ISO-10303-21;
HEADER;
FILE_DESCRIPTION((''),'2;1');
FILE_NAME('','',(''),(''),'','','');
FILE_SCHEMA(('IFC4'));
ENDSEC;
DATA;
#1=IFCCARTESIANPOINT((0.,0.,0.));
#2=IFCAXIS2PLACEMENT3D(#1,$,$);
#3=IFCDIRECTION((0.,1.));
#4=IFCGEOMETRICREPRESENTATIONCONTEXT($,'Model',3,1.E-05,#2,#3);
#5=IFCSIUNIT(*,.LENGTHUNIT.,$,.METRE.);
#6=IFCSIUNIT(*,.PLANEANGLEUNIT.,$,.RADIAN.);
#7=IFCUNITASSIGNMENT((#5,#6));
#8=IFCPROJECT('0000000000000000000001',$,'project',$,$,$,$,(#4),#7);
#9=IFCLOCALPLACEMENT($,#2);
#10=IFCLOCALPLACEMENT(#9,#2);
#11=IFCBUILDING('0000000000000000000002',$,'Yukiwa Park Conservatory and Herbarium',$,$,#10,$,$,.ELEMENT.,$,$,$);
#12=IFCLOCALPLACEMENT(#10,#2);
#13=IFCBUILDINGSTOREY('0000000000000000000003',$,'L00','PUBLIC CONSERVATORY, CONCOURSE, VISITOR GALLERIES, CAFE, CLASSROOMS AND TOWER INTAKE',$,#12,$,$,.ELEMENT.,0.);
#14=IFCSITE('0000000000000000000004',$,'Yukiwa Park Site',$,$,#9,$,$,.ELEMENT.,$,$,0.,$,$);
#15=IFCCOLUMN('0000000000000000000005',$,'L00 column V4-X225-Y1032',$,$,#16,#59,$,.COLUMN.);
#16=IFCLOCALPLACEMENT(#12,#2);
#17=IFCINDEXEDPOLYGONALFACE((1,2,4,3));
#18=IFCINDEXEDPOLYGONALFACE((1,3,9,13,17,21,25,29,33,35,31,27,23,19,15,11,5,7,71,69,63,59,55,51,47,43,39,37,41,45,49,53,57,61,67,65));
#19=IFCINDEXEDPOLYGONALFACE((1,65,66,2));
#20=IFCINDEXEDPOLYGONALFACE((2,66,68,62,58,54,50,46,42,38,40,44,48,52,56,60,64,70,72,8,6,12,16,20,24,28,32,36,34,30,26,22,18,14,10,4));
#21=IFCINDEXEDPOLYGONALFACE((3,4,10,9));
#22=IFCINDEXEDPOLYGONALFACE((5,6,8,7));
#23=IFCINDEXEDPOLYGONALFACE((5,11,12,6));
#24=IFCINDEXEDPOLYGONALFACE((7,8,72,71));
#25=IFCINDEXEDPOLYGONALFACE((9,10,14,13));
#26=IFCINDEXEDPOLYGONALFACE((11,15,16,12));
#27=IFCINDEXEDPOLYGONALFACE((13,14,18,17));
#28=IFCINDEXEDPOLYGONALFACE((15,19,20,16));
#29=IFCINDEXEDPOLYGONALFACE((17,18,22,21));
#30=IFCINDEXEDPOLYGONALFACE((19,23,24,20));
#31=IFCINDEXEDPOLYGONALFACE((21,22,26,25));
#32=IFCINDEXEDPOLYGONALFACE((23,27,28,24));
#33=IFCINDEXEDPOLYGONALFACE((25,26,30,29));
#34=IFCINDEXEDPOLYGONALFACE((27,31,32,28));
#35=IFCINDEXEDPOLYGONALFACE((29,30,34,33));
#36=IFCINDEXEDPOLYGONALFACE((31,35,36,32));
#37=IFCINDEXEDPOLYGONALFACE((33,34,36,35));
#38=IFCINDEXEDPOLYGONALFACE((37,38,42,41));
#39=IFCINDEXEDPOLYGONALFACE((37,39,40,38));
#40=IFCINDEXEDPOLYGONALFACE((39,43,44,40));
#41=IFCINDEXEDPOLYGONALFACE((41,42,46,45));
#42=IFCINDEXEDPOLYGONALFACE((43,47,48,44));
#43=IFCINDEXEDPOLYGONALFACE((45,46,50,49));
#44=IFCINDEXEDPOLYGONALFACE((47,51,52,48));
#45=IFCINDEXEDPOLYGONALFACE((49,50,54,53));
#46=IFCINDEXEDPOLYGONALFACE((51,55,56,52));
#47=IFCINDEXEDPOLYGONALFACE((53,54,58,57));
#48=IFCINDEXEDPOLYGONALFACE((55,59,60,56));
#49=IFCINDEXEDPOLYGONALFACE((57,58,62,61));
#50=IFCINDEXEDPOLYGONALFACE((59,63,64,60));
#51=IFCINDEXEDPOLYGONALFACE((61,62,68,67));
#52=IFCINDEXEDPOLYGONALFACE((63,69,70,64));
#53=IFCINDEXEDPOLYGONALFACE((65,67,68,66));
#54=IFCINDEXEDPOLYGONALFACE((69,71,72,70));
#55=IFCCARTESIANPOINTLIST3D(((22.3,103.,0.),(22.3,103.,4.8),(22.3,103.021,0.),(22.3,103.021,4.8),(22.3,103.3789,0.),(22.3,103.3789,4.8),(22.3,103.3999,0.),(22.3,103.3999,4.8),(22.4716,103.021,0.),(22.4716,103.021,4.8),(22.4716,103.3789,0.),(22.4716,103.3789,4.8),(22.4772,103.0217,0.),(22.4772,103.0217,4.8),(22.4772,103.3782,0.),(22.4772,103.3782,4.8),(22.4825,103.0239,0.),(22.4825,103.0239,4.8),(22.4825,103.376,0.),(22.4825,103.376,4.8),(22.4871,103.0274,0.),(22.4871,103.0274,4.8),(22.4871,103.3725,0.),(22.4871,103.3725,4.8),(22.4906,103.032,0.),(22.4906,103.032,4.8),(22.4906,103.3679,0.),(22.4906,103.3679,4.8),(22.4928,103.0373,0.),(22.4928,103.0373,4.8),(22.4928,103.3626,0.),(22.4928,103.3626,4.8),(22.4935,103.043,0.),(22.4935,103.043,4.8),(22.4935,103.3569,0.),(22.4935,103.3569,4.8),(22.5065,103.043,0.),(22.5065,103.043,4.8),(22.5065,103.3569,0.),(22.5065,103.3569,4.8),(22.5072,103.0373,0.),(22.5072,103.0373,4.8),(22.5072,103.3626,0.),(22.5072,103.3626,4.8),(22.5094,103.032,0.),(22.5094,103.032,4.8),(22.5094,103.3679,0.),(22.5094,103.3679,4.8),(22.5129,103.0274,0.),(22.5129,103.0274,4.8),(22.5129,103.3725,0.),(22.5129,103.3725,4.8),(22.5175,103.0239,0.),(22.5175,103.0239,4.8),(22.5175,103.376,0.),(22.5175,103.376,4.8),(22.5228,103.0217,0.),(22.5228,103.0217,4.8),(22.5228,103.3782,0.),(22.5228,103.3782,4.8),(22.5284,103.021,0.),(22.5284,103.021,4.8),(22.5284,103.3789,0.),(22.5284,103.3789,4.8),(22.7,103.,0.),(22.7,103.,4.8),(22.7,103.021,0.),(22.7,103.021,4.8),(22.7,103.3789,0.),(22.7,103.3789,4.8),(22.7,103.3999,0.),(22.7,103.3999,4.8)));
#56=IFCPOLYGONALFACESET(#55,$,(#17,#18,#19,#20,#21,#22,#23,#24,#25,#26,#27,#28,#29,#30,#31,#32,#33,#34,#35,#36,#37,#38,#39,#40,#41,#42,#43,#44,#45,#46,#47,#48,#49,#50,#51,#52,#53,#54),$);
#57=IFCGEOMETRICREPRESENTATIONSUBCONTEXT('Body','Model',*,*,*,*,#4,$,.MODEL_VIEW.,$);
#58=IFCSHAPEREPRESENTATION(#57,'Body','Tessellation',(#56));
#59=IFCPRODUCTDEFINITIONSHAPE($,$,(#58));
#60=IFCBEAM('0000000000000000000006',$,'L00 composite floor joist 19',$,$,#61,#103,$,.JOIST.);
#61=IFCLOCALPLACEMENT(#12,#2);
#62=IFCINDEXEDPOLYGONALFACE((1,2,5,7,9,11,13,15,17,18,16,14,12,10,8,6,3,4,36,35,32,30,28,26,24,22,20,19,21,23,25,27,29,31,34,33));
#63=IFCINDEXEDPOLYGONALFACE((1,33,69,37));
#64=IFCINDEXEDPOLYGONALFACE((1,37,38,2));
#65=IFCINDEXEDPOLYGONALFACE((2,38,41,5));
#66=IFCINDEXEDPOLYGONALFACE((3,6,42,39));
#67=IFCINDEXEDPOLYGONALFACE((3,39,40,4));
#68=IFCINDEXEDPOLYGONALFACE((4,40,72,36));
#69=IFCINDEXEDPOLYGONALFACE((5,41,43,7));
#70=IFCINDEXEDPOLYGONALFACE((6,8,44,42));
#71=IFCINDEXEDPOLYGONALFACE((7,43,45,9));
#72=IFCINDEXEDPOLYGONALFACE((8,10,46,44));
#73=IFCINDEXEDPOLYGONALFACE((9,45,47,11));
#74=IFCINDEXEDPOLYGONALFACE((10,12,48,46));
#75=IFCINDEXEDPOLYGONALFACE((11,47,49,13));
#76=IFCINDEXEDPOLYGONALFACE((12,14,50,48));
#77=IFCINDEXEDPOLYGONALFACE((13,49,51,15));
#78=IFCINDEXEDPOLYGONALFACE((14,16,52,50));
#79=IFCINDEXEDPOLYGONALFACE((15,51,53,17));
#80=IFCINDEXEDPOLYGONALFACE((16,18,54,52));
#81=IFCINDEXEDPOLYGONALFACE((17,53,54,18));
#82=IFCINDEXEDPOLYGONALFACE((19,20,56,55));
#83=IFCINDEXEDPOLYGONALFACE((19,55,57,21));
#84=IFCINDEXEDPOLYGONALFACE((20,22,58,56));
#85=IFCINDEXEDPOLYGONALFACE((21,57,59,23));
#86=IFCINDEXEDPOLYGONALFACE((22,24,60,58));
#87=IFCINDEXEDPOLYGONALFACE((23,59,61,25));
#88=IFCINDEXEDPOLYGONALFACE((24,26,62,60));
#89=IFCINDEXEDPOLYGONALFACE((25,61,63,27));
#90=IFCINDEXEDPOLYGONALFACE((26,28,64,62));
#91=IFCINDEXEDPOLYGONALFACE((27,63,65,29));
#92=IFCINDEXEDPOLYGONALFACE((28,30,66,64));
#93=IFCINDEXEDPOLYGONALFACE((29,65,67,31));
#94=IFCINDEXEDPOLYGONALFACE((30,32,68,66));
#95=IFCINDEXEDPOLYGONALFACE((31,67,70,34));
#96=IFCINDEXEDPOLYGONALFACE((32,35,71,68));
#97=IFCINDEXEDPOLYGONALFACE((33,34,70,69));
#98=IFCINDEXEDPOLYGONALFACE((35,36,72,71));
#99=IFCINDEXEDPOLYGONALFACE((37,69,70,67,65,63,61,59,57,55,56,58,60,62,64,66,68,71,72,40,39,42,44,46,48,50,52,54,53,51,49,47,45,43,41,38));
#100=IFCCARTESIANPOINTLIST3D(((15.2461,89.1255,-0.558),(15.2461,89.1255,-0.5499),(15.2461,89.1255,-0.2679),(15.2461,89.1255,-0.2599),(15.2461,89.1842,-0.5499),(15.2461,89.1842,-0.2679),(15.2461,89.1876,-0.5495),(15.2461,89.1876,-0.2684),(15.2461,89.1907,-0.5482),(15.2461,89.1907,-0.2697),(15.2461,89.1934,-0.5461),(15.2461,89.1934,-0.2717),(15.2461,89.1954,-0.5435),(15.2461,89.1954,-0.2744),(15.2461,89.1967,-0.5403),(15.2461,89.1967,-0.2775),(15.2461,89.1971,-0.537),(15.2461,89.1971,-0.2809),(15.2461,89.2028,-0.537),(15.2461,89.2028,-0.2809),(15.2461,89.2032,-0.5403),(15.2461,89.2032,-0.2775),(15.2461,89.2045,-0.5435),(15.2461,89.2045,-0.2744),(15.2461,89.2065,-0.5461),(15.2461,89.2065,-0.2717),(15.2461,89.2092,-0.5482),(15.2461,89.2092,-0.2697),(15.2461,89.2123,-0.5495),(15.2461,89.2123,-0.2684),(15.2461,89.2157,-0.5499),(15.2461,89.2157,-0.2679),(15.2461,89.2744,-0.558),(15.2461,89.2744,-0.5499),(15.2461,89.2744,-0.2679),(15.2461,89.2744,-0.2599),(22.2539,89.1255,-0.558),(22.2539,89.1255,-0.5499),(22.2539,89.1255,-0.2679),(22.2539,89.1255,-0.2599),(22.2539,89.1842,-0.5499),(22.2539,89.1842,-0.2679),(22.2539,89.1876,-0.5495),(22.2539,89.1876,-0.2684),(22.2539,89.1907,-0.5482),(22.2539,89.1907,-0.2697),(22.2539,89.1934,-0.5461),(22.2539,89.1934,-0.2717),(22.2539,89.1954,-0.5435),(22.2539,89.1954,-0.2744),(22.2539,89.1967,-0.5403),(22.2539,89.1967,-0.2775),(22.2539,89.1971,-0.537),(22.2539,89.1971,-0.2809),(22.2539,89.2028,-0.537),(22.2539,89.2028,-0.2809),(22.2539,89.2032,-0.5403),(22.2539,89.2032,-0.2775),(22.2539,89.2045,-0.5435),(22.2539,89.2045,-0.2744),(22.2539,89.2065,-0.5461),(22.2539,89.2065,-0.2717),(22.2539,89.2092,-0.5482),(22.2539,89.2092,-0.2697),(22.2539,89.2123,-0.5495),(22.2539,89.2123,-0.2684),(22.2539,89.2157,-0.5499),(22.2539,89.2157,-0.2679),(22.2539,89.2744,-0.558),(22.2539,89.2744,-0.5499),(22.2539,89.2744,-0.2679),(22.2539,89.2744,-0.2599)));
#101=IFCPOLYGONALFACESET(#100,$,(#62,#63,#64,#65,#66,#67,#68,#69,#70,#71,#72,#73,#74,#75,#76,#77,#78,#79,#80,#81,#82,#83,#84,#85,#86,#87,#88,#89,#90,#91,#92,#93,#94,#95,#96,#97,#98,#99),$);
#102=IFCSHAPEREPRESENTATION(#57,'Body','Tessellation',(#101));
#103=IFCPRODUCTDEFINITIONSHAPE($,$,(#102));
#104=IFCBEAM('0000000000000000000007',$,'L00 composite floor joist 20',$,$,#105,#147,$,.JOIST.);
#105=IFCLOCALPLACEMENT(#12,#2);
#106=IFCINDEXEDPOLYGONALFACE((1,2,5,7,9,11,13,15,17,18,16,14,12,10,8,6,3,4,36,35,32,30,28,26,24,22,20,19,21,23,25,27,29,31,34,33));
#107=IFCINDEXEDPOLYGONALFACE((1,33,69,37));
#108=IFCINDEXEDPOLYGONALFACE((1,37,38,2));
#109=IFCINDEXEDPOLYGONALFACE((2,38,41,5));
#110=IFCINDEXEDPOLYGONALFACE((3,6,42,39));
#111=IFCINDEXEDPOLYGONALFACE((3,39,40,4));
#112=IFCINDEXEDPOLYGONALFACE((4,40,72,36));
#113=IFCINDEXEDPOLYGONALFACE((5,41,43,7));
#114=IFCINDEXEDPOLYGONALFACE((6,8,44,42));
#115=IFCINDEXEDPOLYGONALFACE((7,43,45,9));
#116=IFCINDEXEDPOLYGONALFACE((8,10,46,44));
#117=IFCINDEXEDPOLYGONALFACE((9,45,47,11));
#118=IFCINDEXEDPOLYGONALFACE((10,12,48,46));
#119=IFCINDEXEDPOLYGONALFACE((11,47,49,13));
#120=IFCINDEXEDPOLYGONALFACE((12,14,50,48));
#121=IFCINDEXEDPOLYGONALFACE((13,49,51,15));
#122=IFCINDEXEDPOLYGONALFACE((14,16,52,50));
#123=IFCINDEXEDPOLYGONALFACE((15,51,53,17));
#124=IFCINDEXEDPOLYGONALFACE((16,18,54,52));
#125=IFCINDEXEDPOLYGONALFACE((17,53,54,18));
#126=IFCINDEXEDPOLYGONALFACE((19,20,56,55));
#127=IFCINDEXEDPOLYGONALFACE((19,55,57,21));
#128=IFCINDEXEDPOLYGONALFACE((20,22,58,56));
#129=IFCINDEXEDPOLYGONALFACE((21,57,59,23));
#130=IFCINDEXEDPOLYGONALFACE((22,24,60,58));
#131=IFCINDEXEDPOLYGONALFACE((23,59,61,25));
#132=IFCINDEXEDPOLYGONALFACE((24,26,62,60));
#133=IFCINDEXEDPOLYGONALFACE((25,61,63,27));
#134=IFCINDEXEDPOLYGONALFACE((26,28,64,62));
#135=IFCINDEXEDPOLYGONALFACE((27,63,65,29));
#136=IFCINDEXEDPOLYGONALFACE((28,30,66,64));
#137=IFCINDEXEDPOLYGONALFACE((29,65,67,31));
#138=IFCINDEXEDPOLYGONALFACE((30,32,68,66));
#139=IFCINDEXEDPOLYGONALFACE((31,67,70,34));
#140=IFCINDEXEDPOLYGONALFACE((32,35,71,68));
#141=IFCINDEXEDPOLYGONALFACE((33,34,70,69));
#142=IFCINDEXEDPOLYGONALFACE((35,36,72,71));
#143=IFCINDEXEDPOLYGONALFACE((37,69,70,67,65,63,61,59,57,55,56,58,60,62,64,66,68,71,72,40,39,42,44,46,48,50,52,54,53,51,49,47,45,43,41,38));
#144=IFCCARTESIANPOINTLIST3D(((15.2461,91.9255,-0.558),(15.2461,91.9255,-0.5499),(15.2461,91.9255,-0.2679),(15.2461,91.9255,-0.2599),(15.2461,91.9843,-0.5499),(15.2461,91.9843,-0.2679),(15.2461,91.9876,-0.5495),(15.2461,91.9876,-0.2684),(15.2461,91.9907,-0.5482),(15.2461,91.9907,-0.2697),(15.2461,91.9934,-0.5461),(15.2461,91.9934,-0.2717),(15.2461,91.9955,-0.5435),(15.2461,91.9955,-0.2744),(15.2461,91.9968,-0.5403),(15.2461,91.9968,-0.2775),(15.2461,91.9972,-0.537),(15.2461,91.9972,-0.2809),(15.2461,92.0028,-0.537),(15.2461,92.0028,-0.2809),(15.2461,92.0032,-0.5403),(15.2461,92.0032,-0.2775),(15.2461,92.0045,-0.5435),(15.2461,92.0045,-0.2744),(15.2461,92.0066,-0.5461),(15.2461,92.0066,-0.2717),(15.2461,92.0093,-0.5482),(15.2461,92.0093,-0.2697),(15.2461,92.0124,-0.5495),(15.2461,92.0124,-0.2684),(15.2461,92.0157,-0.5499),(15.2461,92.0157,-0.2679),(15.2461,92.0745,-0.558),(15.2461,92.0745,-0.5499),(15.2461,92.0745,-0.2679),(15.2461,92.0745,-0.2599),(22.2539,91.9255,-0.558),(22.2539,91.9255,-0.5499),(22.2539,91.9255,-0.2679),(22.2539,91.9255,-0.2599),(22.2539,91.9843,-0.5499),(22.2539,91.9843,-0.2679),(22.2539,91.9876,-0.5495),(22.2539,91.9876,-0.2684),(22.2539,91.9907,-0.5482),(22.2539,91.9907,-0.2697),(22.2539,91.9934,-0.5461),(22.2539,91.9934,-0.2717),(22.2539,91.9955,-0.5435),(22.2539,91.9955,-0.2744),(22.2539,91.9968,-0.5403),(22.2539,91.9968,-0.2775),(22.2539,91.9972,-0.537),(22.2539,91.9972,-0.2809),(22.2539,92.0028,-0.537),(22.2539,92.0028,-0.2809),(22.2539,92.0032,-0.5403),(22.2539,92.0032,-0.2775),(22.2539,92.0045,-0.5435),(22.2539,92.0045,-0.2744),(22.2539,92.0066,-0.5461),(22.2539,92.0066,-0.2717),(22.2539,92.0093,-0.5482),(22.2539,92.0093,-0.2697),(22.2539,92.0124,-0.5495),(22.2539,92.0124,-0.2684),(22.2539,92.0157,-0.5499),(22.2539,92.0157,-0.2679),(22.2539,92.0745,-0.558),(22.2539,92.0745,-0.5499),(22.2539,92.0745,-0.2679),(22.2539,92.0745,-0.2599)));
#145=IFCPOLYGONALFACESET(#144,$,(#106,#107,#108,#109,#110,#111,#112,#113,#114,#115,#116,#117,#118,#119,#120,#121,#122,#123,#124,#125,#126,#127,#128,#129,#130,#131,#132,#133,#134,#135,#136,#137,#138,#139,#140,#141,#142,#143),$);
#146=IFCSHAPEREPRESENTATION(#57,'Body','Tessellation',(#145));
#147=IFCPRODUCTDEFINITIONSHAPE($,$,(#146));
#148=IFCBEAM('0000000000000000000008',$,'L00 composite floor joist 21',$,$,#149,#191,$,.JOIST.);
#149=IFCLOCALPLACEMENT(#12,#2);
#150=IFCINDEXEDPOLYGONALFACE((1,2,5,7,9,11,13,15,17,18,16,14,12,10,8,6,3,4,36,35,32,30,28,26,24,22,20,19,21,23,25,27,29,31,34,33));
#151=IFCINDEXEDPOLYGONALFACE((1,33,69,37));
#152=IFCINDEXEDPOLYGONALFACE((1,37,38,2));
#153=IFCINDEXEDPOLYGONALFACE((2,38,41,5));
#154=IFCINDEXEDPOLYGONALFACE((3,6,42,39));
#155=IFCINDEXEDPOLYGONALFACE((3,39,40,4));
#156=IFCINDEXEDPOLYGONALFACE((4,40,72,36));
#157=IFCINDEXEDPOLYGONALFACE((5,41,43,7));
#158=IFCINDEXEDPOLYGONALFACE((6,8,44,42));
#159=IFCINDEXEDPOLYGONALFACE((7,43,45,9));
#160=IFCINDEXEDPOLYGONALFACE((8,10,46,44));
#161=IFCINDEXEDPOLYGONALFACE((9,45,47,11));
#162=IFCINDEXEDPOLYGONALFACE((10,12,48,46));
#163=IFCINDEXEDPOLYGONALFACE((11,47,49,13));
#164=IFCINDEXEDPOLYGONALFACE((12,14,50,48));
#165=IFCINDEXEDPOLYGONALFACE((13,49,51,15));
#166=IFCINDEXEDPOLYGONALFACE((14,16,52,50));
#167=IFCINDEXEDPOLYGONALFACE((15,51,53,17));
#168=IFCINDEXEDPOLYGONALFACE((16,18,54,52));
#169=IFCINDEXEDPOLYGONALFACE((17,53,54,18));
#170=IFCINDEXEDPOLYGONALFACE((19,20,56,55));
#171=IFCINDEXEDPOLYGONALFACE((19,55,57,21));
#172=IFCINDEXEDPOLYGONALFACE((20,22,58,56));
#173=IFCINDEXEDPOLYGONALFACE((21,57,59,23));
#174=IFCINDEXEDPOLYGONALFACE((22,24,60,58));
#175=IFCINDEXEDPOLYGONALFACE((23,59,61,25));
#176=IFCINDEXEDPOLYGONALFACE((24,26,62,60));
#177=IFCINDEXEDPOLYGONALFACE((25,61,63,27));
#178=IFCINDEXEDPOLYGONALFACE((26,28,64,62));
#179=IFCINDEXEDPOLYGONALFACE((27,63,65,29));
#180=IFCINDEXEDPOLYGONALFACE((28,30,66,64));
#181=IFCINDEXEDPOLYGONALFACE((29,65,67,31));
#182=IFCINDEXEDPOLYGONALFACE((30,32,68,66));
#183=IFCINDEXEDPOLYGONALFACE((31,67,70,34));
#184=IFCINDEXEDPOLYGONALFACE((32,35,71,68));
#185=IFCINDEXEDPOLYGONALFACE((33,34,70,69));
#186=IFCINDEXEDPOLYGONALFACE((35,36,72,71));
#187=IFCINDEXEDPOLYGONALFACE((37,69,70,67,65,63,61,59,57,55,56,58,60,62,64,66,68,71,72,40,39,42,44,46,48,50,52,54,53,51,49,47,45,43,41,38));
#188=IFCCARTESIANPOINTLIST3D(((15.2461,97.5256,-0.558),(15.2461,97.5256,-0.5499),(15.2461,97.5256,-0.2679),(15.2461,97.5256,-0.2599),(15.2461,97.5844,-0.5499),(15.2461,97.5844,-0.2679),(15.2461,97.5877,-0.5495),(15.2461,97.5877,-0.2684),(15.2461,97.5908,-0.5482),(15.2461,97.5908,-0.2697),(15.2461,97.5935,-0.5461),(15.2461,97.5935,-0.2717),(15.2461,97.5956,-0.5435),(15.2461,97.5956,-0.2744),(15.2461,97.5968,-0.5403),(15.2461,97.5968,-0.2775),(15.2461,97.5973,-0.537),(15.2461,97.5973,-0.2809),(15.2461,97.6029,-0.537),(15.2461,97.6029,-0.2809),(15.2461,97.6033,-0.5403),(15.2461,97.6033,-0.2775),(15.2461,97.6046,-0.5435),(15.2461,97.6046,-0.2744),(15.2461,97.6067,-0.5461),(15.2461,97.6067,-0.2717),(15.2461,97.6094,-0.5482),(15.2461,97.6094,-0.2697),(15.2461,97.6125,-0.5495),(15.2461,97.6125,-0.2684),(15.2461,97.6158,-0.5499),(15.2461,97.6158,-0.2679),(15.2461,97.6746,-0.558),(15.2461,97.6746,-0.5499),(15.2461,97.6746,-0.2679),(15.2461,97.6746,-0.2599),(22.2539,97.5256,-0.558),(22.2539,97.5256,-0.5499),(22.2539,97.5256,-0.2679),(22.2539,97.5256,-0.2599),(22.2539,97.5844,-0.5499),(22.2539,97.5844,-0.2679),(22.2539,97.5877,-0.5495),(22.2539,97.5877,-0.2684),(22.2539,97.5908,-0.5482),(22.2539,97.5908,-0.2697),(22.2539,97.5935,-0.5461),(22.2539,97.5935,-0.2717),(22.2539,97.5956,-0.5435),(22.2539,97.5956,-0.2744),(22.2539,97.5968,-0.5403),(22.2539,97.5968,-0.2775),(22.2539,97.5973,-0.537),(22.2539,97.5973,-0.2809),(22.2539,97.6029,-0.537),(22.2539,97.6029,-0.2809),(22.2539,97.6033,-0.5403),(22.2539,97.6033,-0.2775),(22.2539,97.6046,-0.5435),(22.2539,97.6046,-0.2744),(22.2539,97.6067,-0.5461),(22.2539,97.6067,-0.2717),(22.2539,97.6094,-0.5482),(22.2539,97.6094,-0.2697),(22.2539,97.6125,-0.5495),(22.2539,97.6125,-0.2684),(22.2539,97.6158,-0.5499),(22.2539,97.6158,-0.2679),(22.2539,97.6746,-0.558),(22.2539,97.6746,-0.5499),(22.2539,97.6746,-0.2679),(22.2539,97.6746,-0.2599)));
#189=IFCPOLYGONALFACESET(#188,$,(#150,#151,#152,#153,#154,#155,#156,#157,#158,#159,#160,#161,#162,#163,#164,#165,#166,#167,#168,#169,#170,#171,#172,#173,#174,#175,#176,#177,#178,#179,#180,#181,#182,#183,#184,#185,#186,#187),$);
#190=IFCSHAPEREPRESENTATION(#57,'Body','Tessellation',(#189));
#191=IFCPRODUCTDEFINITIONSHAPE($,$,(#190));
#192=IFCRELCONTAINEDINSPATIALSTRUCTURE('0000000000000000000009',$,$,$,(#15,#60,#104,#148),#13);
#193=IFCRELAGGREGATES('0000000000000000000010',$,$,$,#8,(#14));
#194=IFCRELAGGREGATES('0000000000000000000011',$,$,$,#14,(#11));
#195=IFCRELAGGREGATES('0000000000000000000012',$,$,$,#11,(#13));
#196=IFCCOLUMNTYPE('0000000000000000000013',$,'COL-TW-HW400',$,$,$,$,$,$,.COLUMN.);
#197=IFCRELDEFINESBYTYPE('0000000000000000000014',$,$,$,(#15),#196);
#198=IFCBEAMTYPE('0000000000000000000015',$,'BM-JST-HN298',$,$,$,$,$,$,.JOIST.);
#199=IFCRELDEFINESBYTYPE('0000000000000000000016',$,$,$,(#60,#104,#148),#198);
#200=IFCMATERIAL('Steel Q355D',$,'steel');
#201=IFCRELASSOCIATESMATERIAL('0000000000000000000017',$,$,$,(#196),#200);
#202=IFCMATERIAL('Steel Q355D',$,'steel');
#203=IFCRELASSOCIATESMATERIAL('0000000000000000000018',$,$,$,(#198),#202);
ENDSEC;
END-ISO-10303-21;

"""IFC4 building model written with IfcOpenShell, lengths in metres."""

from ifc_helpers import new_model, si_unit, direction, frame, origin, origin_2d, place, context, subcontext, project, spatial, i_section, extrude, material, material_profile, profile_set, type_object, element, save


model = new_model("IFC4")

# Units and contexts
model_context = context("Model", 3, precision=1e-05, world=origin(), true_north=direction((0.0, 1.0)))
body_context = subcontext(model_context, "Body", "Model", "MODEL_VIEW")
ifc_project = project(units=[si_unit("LENGTHUNIT", "METRE"), si_unit("PLANEANGLEUNIT", "RADIAN")], contexts=[model_context])

# Site, building, storey
site_placement = place(None, origin())
site = spatial("IfcSite", under=ifc_project, at=site_placement, Name="Yukiwa Park Site", CompositionType="ELEMENT", RefElevation=0.0)
building_placement = place(site_placement, origin())
building = spatial("IfcBuilding", under=site, at=building_placement, Name="Yukiwa Park Conservatory and Herbarium", CompositionType="ELEMENT")
storey_placement = place(building_placement, origin())
storey = spatial("IfcBuildingStorey", under=building, at=storey_placement, Name="L00", Description="PUBLIC CONSERVATORY, CONCOURSE, VISITOR GALLERIES, CAFE, CLASSROOMS AND TOWER INTAKE", CompositionType="ELEMENT", Elevation=0.0)

# Column
ifc_material_1 = material(Name="Steel Q355D", Category="steel")
ifc_material_profile_1 = material_profile(ifc_material_1, i_section(OverallWidth=0.3999, OverallDepth=0.3999, WebThickness=0.0129, FlangeThickness=0.021, FilletRadius=0.022, at=origin_2d()), Name="HW 400x400x13x21")
ifc_profile_set_1 = profile_set([ifc_material_profile_1], Name="Steel Q355D")
column_type_1 = type_object("IfcColumnType", Name="COL-TW-HW400", PredefinedType="COLUMN", material=ifc_profile_set_1)
for number, where, z_axis, x_axis, name in (
    (1, (22.5, 103.2, 0.0), (0.0, 0.0, 1.0), (1.0, 0.0, 0.0), "L00 column V4-X225-Y1032"),
):
    element("IfcColumn", number, at=place(storey_placement, frame(where, z_axis=z_axis, x_axis=x_axis)), inside=storey, type_object=column_type_1, Name=name, PredefinedType="COLUMN", context=body_context, shape_type="SweptSolid", body=[
        extrude(i_section(OverallWidth=0.3999, OverallDepth=0.3999, WebThickness=0.0129, FlangeThickness=0.021, FilletRadius=0.022, at=origin_2d()), origin(), (0.0, 0.0, 1.0), 4.8),
    ])

# Beams
ifc_material_2 = material(Name="Steel Q355D", Category="steel")
ifc_material_profile_2 = material_profile(ifc_material_2, i_section(OverallWidth=0.1489, OverallDepth=0.2981, WebThickness=0.0056, FlangeThickness=0.0081, FilletRadius=0.0129, at=origin_2d()), Name="HN 298x149x5.5x8")
ifc_profile_set_2 = profile_set([ifc_material_profile_2], Name="Steel Q355D")
beam_type_1 = type_object("IfcBeamType", Name="BM-JST-HN298", PredefinedType="JOIST", material=ifc_profile_set_2)
for number, where, z_axis, x_axis, name in (
    (2, (15.2461, 89.2, -0.4089), (1.0, 0.0, 0.0), (0.0, 1.0, 0.0), "L00 composite floor joist 19"),
    (3, (15.2461, 92.0, -0.4089), (1.0, 0.0, 0.0), (0.0, 1.0, 0.0), "L00 composite floor joist 20"),
    (4, (15.2461, 97.6001, -0.4089), (1.0, 0.0, 0.0), (0.0, 1.0, 0.0), "L00 composite floor joist 21"),
):
    element("IfcBeam", number, at=place(storey_placement, frame(where, z_axis=z_axis, x_axis=x_axis)), inside=storey, type_object=beam_type_1, Name=name, PredefinedType="JOIST", context=body_context, shape_type="SweptSolid", body=[
        extrude(i_section(OverallWidth=0.1489, OverallDepth=0.2981, WebThickness=0.0056, FlangeThickness=0.0081, FilletRadius=0.0129, at=origin_2d()), origin(), (0.0, 0.0, 1.0), 7.0078),
    ])

save(model, "model.ifc")
